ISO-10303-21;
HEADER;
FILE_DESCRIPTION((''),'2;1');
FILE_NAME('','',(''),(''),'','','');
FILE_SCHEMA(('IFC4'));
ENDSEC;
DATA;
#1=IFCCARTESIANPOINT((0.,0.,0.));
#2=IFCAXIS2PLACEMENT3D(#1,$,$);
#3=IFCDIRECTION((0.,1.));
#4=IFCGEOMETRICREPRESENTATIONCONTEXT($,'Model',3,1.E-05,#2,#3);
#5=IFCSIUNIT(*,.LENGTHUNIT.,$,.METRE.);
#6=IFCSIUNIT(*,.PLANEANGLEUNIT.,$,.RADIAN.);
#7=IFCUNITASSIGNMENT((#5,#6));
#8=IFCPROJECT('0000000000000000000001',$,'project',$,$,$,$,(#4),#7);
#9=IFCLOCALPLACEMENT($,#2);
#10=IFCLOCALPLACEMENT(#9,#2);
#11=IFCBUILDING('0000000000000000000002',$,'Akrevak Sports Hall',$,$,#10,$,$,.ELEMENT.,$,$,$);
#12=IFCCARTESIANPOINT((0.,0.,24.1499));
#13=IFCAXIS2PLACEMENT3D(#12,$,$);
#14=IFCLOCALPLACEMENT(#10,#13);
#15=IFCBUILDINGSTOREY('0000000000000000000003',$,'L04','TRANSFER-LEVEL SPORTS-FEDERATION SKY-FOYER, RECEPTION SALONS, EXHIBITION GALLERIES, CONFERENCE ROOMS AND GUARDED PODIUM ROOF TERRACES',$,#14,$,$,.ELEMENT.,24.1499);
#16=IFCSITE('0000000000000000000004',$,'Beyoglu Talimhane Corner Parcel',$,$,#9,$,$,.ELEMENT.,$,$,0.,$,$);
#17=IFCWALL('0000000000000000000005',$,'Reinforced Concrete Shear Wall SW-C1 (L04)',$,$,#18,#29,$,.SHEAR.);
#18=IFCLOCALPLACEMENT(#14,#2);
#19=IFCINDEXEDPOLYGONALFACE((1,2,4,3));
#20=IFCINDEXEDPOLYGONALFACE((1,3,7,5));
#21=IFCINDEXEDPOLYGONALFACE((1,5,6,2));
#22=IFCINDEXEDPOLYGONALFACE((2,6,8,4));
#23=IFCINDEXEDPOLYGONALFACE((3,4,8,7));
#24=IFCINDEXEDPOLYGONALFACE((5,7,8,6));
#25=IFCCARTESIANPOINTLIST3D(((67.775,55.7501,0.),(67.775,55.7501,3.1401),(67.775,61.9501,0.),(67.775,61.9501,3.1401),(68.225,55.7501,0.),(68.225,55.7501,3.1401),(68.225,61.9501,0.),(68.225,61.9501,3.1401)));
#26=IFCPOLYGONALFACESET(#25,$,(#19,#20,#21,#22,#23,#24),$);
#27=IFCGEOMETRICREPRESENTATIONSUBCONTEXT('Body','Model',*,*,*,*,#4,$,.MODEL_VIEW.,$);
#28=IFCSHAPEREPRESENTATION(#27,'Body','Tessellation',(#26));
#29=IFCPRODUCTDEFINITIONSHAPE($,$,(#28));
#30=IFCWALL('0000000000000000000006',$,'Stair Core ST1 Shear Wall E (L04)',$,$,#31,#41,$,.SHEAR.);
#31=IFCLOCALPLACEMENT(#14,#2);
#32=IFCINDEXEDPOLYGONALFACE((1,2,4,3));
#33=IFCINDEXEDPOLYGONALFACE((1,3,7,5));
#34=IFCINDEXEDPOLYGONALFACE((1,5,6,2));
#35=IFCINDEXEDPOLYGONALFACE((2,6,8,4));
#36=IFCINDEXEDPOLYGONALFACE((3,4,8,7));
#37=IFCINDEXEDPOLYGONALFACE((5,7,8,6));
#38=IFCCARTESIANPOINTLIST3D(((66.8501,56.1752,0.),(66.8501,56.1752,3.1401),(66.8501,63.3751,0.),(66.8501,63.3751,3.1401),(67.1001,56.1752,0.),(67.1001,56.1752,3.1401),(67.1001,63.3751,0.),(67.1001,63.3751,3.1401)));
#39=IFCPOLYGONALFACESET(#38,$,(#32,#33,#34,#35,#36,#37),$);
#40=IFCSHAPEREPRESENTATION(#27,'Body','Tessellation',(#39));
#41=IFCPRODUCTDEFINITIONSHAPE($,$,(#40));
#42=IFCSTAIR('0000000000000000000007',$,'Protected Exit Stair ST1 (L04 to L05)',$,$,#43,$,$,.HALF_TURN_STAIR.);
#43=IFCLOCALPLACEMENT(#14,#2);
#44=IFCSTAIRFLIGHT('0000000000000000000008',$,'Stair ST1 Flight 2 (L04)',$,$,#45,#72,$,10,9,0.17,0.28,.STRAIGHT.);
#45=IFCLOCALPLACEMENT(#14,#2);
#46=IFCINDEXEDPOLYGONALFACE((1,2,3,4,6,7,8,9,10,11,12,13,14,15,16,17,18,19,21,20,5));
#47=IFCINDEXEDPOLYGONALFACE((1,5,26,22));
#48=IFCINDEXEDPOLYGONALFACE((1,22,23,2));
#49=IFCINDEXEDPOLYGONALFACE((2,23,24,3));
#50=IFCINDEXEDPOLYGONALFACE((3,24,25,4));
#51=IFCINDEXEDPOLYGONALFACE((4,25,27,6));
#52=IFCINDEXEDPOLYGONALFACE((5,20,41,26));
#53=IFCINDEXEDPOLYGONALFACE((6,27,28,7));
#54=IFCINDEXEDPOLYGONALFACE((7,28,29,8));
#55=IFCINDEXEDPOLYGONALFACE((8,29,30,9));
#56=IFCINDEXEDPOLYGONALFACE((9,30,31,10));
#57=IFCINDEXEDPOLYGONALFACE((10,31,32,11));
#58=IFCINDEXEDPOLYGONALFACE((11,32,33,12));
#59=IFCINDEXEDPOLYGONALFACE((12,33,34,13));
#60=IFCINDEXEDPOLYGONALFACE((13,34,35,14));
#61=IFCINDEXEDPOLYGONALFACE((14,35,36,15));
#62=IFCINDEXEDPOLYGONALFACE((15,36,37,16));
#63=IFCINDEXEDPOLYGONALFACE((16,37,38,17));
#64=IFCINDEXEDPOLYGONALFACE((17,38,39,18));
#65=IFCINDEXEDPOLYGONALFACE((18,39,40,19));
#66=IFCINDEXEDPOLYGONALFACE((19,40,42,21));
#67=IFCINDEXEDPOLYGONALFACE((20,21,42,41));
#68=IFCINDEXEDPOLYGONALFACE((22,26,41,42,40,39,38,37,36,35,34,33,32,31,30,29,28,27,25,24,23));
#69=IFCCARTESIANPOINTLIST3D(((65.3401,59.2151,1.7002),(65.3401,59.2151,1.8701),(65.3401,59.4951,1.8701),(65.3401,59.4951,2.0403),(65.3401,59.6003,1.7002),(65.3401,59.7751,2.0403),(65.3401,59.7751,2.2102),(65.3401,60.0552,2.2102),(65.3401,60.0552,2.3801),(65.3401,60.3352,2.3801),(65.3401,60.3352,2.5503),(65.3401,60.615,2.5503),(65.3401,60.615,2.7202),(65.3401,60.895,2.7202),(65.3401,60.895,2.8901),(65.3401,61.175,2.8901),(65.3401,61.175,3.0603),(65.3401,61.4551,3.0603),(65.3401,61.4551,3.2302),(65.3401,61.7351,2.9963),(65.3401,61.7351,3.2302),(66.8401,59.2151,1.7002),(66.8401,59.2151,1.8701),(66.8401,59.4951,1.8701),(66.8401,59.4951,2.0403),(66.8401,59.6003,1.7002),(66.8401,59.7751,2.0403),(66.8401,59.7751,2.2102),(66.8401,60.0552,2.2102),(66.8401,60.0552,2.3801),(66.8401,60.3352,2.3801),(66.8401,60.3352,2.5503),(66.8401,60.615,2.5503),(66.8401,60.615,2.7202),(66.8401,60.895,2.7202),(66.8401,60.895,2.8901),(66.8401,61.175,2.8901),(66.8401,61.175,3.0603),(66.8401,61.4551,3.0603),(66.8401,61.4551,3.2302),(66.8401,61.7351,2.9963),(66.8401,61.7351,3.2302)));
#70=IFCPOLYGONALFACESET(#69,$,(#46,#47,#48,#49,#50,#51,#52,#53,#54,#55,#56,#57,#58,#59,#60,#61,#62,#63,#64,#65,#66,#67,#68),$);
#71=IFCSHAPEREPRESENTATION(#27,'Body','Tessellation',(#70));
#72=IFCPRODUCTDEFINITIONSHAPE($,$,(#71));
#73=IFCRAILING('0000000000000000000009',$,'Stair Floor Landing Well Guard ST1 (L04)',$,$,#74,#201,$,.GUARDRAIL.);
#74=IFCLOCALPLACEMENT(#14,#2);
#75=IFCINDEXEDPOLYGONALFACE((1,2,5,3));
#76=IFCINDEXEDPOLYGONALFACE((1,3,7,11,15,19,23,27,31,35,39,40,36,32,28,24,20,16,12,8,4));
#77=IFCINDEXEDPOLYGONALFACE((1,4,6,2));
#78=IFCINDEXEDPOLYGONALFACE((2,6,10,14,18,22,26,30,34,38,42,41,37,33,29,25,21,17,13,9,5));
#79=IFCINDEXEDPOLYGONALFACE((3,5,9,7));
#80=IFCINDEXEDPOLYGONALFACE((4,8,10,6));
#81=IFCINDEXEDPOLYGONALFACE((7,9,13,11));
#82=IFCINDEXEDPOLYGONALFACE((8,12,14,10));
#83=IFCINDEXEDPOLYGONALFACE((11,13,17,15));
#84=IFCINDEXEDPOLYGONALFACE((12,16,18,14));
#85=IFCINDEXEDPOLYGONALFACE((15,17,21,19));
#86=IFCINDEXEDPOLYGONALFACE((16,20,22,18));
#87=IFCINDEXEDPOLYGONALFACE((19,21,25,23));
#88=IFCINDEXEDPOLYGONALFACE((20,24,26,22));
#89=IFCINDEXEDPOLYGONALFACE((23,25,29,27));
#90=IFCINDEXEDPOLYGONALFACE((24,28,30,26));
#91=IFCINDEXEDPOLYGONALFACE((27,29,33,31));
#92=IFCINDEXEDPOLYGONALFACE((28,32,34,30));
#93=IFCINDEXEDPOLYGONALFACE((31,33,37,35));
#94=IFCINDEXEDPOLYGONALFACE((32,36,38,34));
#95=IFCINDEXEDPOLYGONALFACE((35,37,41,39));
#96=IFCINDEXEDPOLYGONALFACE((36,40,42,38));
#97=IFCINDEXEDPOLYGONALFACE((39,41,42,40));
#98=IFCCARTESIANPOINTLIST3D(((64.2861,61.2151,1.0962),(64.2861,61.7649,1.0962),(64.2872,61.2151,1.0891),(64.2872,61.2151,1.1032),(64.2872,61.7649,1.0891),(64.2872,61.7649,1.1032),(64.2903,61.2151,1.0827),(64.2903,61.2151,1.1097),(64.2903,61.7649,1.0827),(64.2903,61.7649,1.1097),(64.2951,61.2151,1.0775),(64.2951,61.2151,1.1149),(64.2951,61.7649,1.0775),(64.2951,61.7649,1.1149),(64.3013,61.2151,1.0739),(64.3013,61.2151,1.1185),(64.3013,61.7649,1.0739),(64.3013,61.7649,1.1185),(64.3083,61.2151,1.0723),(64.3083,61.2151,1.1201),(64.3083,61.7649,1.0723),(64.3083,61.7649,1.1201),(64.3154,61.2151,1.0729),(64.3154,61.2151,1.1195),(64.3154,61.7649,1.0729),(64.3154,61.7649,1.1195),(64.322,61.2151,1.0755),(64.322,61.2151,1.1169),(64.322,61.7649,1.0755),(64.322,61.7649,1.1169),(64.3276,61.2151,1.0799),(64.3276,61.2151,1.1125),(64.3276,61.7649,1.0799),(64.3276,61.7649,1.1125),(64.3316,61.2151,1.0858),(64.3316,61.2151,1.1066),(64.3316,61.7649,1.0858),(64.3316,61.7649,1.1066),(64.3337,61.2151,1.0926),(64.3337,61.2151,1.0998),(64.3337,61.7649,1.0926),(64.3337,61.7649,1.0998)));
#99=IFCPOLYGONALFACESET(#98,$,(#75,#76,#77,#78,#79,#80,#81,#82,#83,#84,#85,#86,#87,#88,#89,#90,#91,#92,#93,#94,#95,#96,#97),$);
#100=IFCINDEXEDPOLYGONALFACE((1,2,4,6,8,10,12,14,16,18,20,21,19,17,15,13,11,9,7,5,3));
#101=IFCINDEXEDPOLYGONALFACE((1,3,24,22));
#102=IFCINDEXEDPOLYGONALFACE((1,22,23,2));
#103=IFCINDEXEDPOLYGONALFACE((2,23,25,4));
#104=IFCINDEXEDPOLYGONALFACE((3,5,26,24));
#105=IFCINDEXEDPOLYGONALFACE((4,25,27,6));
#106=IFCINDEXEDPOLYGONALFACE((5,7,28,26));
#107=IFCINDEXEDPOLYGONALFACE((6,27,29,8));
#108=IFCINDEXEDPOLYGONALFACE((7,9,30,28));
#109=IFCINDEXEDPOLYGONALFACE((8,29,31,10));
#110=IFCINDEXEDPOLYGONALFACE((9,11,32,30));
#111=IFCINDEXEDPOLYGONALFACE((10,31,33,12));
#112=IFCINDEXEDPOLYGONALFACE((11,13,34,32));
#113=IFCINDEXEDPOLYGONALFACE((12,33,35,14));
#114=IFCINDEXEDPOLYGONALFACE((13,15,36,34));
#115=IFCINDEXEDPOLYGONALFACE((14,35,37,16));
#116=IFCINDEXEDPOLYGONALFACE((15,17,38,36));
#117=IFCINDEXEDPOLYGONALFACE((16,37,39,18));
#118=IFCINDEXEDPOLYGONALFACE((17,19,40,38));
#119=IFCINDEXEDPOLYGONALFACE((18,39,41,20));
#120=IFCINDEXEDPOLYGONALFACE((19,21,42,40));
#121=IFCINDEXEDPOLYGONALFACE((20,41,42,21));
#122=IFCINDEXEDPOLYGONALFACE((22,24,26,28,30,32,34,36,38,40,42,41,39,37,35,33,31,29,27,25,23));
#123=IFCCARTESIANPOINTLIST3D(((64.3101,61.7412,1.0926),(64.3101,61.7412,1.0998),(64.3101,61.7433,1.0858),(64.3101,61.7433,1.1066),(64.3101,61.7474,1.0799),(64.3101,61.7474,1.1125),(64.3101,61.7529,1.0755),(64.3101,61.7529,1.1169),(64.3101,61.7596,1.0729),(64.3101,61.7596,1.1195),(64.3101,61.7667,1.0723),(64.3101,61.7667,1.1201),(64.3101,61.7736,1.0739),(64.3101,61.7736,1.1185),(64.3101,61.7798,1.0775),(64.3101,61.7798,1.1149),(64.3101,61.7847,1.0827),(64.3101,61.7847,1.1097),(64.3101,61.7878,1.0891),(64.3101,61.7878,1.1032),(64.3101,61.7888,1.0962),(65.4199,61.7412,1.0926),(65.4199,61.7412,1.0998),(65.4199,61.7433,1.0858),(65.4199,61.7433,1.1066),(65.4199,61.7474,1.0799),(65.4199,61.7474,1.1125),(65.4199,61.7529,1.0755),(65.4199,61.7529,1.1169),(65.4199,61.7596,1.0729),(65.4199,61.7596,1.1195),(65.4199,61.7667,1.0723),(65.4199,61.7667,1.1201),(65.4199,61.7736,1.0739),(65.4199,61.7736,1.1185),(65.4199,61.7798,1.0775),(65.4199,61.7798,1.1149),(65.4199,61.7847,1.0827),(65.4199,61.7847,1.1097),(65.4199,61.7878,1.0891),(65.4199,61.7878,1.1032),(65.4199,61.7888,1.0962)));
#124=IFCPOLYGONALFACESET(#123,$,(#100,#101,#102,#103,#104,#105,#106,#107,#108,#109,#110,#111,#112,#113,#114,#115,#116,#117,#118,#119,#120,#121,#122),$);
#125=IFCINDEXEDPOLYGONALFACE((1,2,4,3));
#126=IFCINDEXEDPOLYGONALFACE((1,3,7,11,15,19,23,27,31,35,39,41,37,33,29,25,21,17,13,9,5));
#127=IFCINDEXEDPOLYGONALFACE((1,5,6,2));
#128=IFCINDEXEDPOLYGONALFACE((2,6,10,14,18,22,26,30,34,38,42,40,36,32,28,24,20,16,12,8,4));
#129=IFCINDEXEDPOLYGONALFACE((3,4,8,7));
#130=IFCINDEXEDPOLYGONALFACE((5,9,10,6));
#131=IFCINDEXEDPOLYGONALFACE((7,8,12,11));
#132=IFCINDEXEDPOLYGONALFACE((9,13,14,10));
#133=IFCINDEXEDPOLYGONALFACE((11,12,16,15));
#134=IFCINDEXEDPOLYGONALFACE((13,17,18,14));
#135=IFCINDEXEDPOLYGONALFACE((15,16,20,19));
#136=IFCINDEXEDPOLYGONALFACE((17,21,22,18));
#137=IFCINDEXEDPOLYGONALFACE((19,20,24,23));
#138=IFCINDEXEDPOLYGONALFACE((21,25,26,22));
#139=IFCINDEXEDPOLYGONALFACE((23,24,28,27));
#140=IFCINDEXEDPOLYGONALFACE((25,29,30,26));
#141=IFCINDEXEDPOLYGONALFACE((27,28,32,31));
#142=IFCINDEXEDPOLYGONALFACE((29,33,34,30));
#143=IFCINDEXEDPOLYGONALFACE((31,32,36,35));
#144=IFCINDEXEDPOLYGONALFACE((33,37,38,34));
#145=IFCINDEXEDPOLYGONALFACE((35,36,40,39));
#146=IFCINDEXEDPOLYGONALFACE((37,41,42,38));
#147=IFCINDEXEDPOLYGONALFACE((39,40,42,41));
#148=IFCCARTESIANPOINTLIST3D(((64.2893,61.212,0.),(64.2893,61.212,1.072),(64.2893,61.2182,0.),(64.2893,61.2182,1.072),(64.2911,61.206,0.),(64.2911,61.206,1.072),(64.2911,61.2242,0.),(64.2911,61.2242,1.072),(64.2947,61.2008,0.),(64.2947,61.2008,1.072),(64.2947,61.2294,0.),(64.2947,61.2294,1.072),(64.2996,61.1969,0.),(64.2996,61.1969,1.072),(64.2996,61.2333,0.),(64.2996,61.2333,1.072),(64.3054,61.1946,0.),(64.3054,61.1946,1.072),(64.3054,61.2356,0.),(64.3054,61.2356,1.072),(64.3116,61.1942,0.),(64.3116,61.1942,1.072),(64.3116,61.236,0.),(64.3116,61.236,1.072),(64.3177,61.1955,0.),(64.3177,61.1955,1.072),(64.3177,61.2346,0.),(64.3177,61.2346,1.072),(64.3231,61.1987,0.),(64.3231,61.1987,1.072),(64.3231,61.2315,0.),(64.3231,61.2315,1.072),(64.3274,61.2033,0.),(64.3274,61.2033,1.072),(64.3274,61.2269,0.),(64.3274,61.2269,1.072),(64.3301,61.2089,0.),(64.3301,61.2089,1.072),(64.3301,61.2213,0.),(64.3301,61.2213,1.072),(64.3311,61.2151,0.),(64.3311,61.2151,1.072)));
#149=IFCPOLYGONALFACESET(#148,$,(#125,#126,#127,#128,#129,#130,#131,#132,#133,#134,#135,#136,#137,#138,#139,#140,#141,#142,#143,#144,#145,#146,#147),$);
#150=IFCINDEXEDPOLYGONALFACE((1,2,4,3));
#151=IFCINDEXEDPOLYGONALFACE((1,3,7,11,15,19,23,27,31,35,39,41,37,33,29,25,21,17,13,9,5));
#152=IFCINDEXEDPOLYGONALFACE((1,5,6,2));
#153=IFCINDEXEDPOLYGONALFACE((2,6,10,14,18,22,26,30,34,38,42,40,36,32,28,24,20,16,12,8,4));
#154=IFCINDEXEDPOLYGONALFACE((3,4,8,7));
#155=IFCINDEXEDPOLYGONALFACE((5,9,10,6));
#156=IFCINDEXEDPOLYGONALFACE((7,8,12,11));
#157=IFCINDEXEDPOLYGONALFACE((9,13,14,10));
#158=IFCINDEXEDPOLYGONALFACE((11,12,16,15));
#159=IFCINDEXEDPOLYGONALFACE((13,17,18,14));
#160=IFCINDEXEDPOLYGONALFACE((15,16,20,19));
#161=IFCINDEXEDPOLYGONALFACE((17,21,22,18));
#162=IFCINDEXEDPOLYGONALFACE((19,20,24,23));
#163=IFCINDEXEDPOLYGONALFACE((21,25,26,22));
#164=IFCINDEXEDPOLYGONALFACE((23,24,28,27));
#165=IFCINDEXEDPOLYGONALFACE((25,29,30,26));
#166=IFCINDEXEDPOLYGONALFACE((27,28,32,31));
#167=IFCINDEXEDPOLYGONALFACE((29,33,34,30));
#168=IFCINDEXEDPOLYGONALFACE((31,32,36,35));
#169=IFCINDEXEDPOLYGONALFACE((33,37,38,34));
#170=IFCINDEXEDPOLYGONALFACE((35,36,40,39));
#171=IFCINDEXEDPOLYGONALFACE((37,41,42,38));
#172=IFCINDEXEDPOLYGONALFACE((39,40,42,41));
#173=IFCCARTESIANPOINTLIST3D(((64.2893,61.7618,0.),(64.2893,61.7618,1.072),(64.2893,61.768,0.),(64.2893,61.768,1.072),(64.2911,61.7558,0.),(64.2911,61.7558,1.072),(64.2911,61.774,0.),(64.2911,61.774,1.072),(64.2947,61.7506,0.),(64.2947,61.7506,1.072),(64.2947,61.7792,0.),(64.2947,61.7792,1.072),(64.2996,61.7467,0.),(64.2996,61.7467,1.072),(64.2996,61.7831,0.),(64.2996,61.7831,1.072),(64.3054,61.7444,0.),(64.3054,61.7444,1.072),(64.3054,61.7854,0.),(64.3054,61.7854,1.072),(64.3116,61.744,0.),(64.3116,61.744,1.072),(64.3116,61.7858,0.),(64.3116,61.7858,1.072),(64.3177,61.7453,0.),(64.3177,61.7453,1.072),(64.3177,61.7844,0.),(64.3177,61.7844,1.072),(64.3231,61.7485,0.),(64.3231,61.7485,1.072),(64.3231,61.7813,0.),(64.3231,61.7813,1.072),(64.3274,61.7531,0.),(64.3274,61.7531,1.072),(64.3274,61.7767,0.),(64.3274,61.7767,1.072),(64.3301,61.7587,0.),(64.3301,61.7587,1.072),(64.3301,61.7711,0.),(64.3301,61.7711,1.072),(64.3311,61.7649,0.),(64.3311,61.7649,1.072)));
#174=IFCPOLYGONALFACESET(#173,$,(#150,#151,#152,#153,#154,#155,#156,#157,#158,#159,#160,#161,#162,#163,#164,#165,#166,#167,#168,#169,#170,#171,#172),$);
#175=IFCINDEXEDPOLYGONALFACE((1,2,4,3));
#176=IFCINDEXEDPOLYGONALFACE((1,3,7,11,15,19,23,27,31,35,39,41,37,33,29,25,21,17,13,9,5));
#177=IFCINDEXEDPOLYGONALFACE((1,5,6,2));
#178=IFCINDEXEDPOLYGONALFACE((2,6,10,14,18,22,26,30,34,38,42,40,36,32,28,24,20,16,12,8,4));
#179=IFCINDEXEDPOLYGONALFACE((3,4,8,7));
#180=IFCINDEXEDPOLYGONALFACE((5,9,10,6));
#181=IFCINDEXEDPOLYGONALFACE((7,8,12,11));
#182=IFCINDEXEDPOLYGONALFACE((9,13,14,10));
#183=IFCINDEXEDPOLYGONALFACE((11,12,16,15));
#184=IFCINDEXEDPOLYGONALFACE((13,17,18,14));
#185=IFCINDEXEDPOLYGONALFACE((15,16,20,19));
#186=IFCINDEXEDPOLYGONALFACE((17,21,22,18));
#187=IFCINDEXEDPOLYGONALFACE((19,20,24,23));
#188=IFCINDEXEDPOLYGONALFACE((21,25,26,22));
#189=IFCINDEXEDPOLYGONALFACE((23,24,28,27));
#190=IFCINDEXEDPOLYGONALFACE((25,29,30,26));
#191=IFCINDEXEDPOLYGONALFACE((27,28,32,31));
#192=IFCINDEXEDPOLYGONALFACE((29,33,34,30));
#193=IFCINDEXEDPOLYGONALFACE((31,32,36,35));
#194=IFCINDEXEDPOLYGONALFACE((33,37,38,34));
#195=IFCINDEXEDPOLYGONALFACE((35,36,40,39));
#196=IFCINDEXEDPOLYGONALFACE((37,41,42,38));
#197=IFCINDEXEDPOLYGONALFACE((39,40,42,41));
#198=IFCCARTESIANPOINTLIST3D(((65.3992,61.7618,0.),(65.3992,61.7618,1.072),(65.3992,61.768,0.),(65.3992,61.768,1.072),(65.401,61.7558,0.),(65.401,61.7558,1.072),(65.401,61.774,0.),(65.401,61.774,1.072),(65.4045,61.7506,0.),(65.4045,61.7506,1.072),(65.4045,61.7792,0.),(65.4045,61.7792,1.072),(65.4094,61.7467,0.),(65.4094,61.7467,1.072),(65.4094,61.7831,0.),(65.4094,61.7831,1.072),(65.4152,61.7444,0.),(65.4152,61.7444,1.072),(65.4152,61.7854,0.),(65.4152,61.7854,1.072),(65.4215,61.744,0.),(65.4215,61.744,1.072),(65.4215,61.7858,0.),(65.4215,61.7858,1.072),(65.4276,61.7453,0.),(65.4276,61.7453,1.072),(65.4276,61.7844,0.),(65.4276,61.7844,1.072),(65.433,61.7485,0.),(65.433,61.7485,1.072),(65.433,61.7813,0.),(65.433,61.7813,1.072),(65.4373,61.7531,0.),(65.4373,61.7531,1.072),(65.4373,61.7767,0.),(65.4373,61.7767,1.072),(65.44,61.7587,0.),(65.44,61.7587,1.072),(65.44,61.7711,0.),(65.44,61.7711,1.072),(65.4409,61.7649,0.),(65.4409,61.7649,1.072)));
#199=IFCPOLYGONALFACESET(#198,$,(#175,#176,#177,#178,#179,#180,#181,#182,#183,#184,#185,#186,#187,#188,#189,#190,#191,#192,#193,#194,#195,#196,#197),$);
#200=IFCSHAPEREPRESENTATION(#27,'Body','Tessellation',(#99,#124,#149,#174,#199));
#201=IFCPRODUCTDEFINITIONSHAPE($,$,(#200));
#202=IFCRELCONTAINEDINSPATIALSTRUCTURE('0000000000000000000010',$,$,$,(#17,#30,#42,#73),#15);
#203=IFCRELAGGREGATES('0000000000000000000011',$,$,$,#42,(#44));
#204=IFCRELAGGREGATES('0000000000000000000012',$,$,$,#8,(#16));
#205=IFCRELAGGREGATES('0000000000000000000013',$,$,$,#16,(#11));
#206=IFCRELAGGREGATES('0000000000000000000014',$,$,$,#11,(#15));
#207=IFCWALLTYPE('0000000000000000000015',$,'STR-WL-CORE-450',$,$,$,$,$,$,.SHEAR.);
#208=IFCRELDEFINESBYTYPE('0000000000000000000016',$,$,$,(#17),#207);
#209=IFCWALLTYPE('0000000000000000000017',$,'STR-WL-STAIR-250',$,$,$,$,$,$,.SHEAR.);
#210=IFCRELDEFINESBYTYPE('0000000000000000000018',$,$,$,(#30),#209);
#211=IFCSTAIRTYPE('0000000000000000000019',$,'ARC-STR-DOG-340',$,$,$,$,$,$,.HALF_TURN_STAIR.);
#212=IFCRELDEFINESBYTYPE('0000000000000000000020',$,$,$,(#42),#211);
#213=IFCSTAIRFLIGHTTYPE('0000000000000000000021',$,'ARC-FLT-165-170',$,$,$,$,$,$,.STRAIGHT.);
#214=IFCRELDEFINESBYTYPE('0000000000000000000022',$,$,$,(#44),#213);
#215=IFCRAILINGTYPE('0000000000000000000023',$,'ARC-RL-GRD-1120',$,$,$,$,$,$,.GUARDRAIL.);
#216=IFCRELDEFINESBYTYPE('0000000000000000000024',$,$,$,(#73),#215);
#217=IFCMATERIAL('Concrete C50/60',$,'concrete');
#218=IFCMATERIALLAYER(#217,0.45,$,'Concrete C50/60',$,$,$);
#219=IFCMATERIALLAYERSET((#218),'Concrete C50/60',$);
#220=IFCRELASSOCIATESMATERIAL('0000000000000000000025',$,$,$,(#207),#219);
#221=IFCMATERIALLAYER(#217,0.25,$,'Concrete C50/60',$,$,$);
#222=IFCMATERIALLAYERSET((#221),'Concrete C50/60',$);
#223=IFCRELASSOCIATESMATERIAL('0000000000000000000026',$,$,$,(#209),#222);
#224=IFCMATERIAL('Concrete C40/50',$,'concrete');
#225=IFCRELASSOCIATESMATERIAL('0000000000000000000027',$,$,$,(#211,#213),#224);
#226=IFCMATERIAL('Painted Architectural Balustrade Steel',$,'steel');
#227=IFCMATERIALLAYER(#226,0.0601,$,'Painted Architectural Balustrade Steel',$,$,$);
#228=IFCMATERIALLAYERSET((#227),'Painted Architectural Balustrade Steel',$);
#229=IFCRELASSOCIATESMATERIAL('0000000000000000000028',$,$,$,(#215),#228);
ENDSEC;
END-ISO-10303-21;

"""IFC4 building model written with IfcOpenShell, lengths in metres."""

from ifc_helpers import new_model, si_unit, direction, frame, frame_2d, origin, origin_2d, place, context, subcontext, project, spatial, polyline, rectangle, circle, outline, extrude, material, layer, layer_set, type_object, element, aggregate, save


model = new_model("IFC4")

# Units and contexts
model_context = context("Model", 3, precision=1e-05, world=origin(), true_north=direction((0.0, 1.0)))
body_context = subcontext(model_context, "Body", "Model", "MODEL_VIEW")
ifc_project = project(units=[si_unit("LENGTHUNIT", "METRE"), si_unit("PLANEANGLEUNIT", "RADIAN")], contexts=[model_context])

# Site, building, storey
site_placement = place(None, origin())
site = spatial("IfcSite", under=ifc_project, at=site_placement, Name="Beyoglu Talimhane Corner Parcel", CompositionType="ELEMENT", RefElevation=0.0)
building_placement = place(site_placement, origin())
building = spatial("IfcBuilding", under=site, at=building_placement, Name="Akrevak Sports Hall", CompositionType="ELEMENT")
storey_placement = place(building_placement, frame((0.0, 0.0, 24.1499)))
storey = spatial("IfcBuildingStorey", under=building, at=storey_placement, Name="L04", Description="TRANSFER-LEVEL SPORTS-FEDERATION SKY-FOYER, RECEPTION SALONS, EXHIBITION GALLERIES, CONFERENCE ROOMS AND GUARDED PODIUM ROOF TERRACES", CompositionType="ELEMENT", Elevation=24.1499)

# Shared definitions
ifc_material_1 = material(Name="Concrete C50/60", Category="concrete")
ifc_material_2 = material(Name="Concrete C40/50", Category="concrete")

# Walls
ifc_layer_1 = layer(ifc_material_1, 0.45, Name="Concrete C50/60")
ifc_layer_set_1 = layer_set([ifc_layer_1], Name="Concrete C50/60")
wall_type_1 = type_object("IfcWallType", Name="STR-WL-CORE-450", PredefinedType="SHEAR", material=ifc_layer_set_1)
wall_1_placement = place(storey_placement, frame((68.0, 55.75, 0.0), z_axis=(0.0, 0.0, 1.0), x_axis=(0.0, 1.0, 0.0)))
element("IfcWall", 1, at=wall_1_placement, inside=storey, type_object=wall_type_1, Name="Reinforced Concrete Shear Wall SW-C1 (L04)", PredefinedType="SHEAR", context=body_context, shape_type="SweptSolid", body=[
    extrude(rectangle(XDim=6.2, YDim=0.45, at=frame_2d((3.1001, 0.0))), origin(), (0.0, 0.0, 1.0), 3.1401),
])
ifc_layer_2 = layer(ifc_material_1, 0.25, Name="Concrete C50/60")
ifc_layer_set_2 = layer_set([ifc_layer_2], Name="Concrete C50/60")
wall_type_2 = type_object("IfcWallType", Name="STR-WL-STAIR-250", PredefinedType="SHEAR", material=ifc_layer_set_2)
wall_2_placement = place(storey_placement, frame((66.9751, 56.175, 0.0), z_axis=(0.0, 0.0, 1.0), x_axis=(0.0, 1.0, 0.0)))
element("IfcWall", 2, at=wall_2_placement, inside=storey, type_object=wall_type_2, Name="Stair Core ST1 Shear Wall E (L04)", PredefinedType="SHEAR", context=body_context, shape_type="SweptSolid", body=[
    extrude(rectangle(XDim=7.2, YDim=0.25, at=frame_2d((3.6001, 0.0))), origin(), (0.0, 0.0, 1.0), 3.1401),
])

# Stair, stair flight
stair_type = type_object("IfcStairType", Name="ARC-STR-DOG-340", PredefinedType="HALF_TURN_STAIR", material=ifc_material_2)
stair_placement = place(storey_placement, origin())
stair = element("IfcStair", 3, at=stair_placement, inside=storey, type_object=stair_type, Name="Protected Exit Stair ST1 (L04 to L05)", PredefinedType="HALF_TURN_STAIR")
stair_flight_type = type_object("IfcStairFlightType", Name="ARC-FLT-165-170", PredefinedType="STRAIGHT", material=ifc_material_2)
stair_flight_placement = place(storey_placement, frame((66.0901, 59.2151, 1.7002), z_axis=(0.0, 0.0, 1.0), x_axis=(0.0, 1.0, 0.0)))
stair_flight = element("IfcStairFlight", 4, at=stair_flight_placement, type_object=stair_flight_type, Name="Stair ST1 Flight 2 (L04)", NumberOfRisers=10, NumberOfTreads=9, PredefinedType="STRAIGHT", RiserHeight=0.17, TreadLength=0.28, context=body_context, shape_type="SweptSolid", body=[
    extrude(outline(polyline([(0.0, 0.0), (0.0, 0.1699), (0.28, 0.1699), (0.28, 0.3401), (0.5601, 0.3401), (0.5601, 0.51), (0.8401, 0.51), (0.8401, 0.6799), (1.1201, 0.6799), (1.1201, 0.8501), (1.3999, 0.8501), (1.3999, 1.02), (1.6799, 1.02), (1.6799, 1.1899), (1.96, 1.1899), (1.96, 1.3601), (2.24, 1.3601), (2.24, 1.53), (2.52, 1.53), (2.52, 1.7), (2.52, 1.2961), (0.3853, 0.0), (0.0, 0.0)])), frame((0.0, 0.75, 0.0), z_axis=(0.0, -1.0, 0.0), x_axis=(1.0, 0.0, 0.0)), (0.0, 0.0, 1.0), 1.5),
])
aggregate(stair, [stair_flight])

# Railing
ifc_material_3 = material(Name="Painted Architectural Balustrade Steel", Category="steel")
ifc_layer_3 = layer(ifc_material_3, 0.0601, Name="Painted Architectural Balustrade Steel")
ifc_layer_set_3 = layer_set([ifc_layer_3], Name="Painted Architectural Balustrade Steel")
railing_type_1 = type_object("IfcRailingType", Name="ARC-RL-GRD-1120", PredefinedType="GUARDRAIL", material=ifc_layer_set_3)
railing_1_placement = place(storey_placement, frame((64.3101, 61.2151, 0.0)))
element("IfcRailing", 5, at=railing_1_placement, inside=storey, type_object=railing_type_1, Name="Stair Floor Landing Well Guard ST1 (L04)", PredefinedType="GUARDRAIL", context=body_context, shape_type="SweptSolid", body=[
    extrude(circle(Radius=0.0239, at=origin_2d()), frame((0.0, 0.0, 1.0962), z_axis=(0.0, 1.0, 0.0), x_axis=(-1.0, 0.0, 0.0)), (0.0, 0.0, 1.0), 0.5498),
    extrude(circle(Radius=0.0239, at=origin_2d()), frame((0.0, 0.5498, 1.0962), z_axis=(1.0, 0.0, 0.0), x_axis=(0.0, 1.0, 0.0)), (0.0, 0.0, 1.0), 1.1099),
    extrude(circle(Radius=0.021, at=origin_2d()), origin(), (0.0, 0.0, 1.0), 1.072),
    extrude(circle(Radius=0.021, at=origin_2d()), frame((0.0, 0.5498, 0.0)), (0.0, 0.0, 1.0), 1.072),
    extrude(circle(Radius=0.021, at=origin_2d()), frame((1.1099, 0.5498, 0.0)), (0.0, 0.0, 1.0), 1.072),
])

save(model, "model.ifc")
